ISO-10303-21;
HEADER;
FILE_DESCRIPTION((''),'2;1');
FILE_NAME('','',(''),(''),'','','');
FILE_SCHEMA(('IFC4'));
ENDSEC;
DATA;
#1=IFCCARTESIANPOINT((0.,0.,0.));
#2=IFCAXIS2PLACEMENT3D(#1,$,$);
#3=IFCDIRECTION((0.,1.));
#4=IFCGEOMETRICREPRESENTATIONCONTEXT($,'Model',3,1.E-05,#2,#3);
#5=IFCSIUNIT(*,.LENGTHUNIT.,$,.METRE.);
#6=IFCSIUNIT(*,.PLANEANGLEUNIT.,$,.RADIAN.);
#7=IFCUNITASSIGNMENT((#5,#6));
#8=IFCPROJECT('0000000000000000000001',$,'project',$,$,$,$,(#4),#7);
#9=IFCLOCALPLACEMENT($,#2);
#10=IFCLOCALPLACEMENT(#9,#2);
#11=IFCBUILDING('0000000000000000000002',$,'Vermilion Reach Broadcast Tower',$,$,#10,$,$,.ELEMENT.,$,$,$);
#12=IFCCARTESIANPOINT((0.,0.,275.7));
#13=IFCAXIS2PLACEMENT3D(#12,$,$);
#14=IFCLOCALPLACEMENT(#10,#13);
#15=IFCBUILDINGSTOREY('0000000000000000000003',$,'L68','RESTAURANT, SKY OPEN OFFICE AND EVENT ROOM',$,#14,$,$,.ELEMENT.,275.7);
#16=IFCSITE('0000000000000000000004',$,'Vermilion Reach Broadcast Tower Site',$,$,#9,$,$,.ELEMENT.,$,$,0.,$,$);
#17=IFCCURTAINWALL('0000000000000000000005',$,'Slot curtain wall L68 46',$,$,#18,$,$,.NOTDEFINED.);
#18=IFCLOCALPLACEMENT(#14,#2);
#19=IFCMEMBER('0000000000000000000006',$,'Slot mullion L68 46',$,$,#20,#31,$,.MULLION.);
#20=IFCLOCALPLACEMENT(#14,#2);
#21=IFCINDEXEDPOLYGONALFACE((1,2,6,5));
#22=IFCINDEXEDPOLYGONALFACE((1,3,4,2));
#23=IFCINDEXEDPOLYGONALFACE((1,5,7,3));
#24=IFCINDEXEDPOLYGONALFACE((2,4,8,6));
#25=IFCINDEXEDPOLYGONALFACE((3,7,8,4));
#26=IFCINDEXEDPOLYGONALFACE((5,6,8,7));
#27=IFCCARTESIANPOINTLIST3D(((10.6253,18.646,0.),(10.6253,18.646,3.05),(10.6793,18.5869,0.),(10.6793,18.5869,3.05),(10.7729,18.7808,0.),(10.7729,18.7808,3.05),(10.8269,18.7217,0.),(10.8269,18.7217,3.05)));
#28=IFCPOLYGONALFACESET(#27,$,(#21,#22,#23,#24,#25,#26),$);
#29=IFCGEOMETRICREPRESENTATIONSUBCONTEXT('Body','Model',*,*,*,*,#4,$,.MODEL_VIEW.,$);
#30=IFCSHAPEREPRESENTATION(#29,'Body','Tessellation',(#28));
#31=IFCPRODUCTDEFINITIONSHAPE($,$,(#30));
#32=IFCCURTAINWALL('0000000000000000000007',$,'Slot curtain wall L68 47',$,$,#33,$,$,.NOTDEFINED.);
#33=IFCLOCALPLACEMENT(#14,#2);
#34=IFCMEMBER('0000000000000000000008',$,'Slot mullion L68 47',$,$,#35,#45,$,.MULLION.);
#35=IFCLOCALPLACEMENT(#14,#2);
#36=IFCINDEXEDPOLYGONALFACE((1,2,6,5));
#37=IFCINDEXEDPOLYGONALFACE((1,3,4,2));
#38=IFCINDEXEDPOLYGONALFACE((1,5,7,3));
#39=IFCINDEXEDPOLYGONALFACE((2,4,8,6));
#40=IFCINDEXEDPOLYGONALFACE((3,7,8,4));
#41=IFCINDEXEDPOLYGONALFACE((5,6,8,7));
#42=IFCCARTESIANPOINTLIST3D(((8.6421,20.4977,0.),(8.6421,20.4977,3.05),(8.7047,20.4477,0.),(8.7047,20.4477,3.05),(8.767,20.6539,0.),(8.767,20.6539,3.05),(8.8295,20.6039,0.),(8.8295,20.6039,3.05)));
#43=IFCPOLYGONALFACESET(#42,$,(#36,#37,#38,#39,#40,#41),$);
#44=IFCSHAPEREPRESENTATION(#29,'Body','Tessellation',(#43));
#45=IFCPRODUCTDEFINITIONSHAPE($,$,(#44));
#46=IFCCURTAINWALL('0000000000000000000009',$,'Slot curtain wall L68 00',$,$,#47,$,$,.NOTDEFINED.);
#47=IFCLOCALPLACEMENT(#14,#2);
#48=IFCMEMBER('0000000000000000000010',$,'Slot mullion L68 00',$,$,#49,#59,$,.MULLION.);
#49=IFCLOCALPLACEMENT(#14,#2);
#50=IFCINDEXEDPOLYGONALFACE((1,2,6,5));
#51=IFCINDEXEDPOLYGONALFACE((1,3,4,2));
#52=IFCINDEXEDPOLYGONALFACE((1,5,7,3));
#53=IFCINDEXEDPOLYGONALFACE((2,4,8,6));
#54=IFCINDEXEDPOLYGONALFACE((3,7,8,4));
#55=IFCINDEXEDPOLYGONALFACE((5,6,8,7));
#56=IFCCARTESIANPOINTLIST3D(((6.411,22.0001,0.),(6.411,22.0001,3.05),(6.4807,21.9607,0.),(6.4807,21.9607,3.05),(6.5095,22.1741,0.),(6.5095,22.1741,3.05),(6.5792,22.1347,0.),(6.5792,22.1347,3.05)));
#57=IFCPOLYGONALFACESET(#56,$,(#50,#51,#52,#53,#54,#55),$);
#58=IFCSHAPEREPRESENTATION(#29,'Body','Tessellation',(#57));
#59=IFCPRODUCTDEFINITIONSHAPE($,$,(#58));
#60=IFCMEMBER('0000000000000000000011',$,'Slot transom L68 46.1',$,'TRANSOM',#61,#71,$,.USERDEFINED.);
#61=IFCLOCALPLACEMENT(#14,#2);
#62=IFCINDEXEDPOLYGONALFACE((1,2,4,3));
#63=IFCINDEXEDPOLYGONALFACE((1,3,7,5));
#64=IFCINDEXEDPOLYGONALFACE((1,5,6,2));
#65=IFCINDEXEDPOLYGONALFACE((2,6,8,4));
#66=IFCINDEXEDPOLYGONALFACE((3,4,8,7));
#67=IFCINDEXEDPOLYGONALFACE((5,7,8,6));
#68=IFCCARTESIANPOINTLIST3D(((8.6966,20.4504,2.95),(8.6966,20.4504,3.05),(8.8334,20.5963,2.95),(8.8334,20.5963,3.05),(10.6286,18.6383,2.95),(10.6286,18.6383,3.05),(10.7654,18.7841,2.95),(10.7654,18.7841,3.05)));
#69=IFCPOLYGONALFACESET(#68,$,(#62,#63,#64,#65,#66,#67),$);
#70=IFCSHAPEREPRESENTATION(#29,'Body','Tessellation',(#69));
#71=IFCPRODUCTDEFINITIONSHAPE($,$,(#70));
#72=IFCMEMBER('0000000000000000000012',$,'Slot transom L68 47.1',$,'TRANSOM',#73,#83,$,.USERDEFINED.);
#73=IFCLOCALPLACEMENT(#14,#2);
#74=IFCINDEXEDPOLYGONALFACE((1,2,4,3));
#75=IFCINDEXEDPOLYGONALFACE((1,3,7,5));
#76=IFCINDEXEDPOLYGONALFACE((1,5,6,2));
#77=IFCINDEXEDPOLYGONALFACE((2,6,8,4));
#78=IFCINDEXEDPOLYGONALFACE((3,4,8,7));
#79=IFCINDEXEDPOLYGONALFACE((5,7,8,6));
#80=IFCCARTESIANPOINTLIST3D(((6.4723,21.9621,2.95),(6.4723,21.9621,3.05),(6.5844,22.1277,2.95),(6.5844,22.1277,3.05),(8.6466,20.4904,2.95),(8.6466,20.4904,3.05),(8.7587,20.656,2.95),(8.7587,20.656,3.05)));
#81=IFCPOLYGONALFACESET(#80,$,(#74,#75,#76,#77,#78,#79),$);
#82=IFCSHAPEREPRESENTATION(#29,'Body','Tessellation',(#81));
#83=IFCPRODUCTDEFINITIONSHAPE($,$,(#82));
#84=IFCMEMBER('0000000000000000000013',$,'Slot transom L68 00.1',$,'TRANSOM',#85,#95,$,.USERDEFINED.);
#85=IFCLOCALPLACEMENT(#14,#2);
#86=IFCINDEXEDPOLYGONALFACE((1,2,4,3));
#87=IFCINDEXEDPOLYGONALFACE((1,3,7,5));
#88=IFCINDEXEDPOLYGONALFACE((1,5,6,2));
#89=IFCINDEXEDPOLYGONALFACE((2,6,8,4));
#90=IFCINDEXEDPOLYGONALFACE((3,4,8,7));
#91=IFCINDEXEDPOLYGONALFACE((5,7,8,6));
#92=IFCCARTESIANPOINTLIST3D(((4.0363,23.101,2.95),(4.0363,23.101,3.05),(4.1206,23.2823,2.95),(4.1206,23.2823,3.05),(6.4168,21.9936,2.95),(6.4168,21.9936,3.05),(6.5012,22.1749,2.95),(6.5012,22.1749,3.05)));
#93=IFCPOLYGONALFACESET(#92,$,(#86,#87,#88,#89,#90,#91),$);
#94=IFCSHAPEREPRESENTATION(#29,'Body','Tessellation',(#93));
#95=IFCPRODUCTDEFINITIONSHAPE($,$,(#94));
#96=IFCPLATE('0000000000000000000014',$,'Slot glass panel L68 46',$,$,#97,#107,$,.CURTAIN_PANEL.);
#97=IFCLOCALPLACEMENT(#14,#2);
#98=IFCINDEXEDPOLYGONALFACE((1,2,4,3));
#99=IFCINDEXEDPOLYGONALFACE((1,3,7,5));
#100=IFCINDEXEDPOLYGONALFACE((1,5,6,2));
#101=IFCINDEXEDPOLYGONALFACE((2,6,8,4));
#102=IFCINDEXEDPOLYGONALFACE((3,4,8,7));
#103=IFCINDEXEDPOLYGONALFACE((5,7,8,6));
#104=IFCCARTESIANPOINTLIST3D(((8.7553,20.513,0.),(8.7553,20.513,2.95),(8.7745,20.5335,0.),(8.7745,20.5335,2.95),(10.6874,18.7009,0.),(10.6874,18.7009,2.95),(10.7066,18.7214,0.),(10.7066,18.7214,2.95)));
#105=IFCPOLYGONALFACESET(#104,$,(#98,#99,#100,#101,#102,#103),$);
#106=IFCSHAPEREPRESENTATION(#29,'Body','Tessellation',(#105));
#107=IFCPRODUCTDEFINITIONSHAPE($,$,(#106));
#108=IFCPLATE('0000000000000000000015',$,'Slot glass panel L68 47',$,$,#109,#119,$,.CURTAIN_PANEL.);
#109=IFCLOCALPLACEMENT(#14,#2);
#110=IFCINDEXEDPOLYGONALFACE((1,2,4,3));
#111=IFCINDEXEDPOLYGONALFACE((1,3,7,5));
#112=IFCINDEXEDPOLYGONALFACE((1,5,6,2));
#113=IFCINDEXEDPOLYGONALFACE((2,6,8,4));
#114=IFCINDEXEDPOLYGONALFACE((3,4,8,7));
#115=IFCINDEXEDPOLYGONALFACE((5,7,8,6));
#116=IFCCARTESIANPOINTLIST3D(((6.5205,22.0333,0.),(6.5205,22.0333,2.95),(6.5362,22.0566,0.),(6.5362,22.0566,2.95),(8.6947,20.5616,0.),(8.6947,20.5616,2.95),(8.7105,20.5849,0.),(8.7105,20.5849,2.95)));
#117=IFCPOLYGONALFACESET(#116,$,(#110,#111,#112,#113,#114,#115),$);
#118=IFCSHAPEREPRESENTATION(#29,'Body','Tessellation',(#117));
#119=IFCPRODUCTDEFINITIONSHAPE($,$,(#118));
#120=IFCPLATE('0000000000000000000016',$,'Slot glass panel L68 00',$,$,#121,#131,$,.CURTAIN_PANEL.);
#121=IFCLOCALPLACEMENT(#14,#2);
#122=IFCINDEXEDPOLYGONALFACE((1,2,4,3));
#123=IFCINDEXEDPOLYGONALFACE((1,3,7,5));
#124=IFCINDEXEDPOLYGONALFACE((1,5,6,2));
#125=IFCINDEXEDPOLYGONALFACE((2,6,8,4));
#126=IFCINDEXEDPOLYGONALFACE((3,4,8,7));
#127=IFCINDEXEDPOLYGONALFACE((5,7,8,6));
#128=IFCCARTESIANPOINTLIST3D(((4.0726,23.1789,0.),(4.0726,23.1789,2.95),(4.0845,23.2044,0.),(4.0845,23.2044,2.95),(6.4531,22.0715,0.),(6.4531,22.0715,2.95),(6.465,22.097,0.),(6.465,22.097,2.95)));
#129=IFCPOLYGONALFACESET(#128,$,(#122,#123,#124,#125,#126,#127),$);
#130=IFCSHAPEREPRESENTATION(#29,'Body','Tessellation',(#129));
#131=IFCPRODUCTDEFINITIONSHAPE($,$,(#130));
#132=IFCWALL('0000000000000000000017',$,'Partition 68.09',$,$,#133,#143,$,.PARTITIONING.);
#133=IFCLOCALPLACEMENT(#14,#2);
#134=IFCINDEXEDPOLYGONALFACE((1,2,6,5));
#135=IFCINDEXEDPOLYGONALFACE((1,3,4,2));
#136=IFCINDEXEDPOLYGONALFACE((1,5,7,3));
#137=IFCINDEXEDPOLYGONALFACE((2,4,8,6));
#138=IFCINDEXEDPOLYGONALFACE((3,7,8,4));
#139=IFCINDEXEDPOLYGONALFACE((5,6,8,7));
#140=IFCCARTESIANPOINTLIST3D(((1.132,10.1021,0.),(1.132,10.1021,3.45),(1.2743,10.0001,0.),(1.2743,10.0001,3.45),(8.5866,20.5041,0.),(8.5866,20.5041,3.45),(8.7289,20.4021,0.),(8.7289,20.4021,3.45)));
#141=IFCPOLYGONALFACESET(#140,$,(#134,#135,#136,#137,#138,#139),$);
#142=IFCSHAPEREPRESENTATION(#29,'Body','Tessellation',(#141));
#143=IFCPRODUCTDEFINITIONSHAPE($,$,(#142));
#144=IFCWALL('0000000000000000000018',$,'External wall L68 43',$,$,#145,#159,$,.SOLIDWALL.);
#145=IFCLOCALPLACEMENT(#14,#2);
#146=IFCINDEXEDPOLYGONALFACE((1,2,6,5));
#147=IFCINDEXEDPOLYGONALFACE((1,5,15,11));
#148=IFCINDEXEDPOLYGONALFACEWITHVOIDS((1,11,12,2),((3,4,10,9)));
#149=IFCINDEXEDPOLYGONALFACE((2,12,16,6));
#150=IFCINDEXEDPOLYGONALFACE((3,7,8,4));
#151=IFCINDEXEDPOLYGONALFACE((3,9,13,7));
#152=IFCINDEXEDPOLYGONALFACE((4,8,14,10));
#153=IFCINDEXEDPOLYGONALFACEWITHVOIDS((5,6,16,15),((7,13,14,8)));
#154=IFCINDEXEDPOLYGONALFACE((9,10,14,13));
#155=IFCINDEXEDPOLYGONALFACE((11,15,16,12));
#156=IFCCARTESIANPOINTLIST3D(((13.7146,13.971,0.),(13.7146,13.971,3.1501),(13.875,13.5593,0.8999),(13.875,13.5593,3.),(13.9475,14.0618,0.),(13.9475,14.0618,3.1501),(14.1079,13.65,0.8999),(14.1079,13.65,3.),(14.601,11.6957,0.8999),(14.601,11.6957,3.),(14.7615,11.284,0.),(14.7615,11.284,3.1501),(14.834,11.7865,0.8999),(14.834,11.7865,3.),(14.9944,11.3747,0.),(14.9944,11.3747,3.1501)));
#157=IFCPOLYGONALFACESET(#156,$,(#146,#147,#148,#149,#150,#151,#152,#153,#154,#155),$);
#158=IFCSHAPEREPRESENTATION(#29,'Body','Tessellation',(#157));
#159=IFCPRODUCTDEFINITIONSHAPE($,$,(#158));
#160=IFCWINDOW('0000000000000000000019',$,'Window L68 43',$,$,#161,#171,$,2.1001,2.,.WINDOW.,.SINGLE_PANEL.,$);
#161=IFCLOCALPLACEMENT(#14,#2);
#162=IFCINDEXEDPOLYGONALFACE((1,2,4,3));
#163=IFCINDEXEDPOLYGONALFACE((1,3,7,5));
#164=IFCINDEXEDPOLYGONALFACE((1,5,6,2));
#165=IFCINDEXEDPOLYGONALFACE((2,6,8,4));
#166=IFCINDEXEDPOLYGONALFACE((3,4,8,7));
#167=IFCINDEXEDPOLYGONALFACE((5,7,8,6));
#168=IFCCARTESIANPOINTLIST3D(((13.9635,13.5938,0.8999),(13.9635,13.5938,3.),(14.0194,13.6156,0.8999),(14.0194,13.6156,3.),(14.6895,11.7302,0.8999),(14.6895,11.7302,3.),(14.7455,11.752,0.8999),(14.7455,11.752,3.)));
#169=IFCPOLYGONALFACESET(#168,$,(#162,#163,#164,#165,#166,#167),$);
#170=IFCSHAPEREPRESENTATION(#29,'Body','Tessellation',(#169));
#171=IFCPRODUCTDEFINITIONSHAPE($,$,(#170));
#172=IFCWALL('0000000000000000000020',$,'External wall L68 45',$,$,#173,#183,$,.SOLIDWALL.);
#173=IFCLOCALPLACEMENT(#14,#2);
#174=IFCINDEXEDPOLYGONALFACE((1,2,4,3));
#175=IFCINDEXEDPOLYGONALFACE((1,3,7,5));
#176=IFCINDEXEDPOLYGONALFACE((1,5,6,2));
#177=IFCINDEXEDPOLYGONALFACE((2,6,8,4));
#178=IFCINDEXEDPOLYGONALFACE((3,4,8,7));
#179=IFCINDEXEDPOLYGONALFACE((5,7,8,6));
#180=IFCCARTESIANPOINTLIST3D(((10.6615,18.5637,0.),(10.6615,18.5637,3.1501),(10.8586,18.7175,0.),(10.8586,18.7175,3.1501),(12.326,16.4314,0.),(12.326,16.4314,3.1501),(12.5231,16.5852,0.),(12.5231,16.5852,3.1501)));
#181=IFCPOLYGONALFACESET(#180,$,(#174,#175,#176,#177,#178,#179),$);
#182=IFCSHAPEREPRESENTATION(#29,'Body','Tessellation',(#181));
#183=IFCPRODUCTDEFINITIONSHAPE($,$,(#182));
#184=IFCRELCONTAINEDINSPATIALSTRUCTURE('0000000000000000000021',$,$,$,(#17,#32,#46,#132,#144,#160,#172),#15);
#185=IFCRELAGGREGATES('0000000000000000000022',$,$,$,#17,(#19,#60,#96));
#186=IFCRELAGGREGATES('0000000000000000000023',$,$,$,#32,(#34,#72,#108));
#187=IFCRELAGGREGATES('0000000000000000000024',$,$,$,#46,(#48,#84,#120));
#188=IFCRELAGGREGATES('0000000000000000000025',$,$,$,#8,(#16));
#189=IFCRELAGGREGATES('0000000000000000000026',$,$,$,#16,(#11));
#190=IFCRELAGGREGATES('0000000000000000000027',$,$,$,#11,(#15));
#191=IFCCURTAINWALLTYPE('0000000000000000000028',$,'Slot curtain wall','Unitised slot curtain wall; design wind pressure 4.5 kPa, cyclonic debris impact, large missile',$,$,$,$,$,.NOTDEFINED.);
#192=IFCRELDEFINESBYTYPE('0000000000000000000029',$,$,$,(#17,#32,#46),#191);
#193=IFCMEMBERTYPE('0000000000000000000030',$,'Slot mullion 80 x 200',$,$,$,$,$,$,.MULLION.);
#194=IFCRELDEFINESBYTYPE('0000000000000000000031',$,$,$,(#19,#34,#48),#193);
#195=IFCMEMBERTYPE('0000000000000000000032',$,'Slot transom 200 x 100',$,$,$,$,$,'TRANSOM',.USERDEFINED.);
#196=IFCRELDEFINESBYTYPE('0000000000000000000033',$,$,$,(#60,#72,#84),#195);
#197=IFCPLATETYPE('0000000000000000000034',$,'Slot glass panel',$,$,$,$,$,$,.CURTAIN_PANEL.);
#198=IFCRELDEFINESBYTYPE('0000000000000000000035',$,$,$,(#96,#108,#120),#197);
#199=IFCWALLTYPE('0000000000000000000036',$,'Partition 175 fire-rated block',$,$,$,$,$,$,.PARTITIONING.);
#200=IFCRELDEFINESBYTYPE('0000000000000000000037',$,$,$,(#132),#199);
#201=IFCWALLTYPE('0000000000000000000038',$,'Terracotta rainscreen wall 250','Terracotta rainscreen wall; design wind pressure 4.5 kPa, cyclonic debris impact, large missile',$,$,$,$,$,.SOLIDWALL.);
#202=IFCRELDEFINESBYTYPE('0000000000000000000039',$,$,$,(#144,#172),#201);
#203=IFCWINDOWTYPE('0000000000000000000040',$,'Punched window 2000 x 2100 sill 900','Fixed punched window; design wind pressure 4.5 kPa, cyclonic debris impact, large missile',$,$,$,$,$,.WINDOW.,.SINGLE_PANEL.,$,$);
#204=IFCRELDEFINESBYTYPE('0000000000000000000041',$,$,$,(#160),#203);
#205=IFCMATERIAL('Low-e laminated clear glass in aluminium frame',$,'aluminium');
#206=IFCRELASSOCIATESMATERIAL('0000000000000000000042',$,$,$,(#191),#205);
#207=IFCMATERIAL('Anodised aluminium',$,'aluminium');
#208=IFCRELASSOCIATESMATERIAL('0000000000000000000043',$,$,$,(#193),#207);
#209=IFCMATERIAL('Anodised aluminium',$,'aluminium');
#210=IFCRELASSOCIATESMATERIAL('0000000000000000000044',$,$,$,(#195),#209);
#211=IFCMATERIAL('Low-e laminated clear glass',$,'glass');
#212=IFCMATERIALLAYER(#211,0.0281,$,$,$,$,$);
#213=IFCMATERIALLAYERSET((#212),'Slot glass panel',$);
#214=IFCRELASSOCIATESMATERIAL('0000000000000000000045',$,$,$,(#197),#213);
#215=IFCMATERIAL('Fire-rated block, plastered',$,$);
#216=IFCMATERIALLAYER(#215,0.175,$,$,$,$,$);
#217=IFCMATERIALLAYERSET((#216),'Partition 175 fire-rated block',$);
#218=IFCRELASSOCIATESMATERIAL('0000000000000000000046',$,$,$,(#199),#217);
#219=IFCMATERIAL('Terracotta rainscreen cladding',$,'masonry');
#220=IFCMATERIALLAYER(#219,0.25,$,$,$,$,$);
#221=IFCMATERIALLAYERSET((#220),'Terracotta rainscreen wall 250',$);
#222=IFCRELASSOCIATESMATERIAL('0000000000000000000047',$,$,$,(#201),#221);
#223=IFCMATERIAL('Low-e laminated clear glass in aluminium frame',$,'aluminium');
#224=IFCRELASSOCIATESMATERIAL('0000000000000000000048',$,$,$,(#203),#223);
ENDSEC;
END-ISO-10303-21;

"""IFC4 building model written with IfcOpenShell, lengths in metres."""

from ifc_helpers import new_model, si_unit, direction, frame, frame_2d, origin, origin_2d, place, context, subcontext, project, spatial, rectangle, extrude, material, layer, layer_set, material_profile, profile_set, type_object, element, fill, aggregate, save


model = new_model("IFC4")

# Units and contexts
model_context = context("Model", 3, precision=1e-05, world=origin(), true_north=direction((0.0, 1.0)))
body_context = subcontext(model_context, "Body", "Model", "MODEL_VIEW")
ifc_project = project(units=[si_unit("LENGTHUNIT", "METRE"), si_unit("PLANEANGLEUNIT", "RADIAN")], contexts=[model_context])

# Site, building, storey
site_placement = place(None, origin())
site = spatial("IfcSite", under=ifc_project, at=site_placement, Name="Vermilion Reach Broadcast Tower Site", CompositionType="ELEMENT", RefElevation=0.0)
building_placement = place(site_placement, origin())
building = spatial("IfcBuilding", under=site, at=building_placement, Name="Vermilion Reach Broadcast Tower", CompositionType="ELEMENT")
storey_placement = place(building_placement, frame((0.0, 0.0, 275.7)))
storey = spatial("IfcBuildingStorey", under=building, at=storey_placement, Name="L68", Description="RESTAURANT, SKY OPEN OFFICE AND EVENT ROOM", CompositionType="ELEMENT", Elevation=275.7)

# Curtain walls, members
ifc_material_1 = material(Name="Low-e laminated clear glass in aluminium frame", Category="aluminium")
curtain_wall_type = type_object("IfcCurtainWallType", Name="Slot curtain wall", Description="Unitised slot curtain wall; design wind pressure 4.5 kPa, cyclonic debris impact, large missile", PredefinedType="NOTDEFINED", material=ifc_material_1)
placement = place(storey_placement, origin())
curtain_wall_1 = element("IfcCurtainWall", 1, at=placement, inside=storey, type_object=curtain_wall_type, Name="Slot curtain wall L68 46", PredefinedType="NOTDEFINED")
ifc_material_2 = material(Name="Anodised aluminium", Category="aluminium")
ifc_material_profile_1 = material_profile(ifc_material_2, rectangle(XDim=0.2, YDim=0.0801, at=origin_2d()), Name="Slot mullion 80 x 200")
ifc_profile_set_1 = profile_set([ifc_material_profile_1], Name="Anodised aluminium")
member_type_1 = type_object("IfcMemberType", Name="Slot mullion 80 x 200", PredefinedType="MULLION", material=ifc_profile_set_1)
member_1_placement = place(storey_placement, frame((10.7261, 18.6838, 0.0), z_axis=(0.0, 0.0, 1.0), x_axis=(-0.738379, -0.674386, 0.0)))
member_1 = element("IfcMember", 2, at=member_1_placement, type_object=member_type_1, Name="Slot mullion L68 46", PredefinedType="MULLION", context=body_context, shape_type="SweptSolid", body=[
    extrude(rectangle(XDim=0.2, YDim=0.0801, at=origin_2d()), origin(), (0.0, 0.0, 1.0), 3.05),
])
curtain_wall_2 = element("IfcCurtainWall", 3, at=placement, inside=storey, type_object=curtain_wall_type, Name="Slot curtain wall L68 47", PredefinedType="NOTDEFINED")
member_2_placement = place(storey_placement, frame((8.7358, 20.5508, 0.0), z_axis=(0.0, 0.0, 1.0), x_axis=(-0.624274, -0.781206, 0.0)))
member_2 = element("IfcMember", 4, at=member_2_placement, type_object=member_type_1, Name="Slot mullion L68 47", PredefinedType="MULLION", context=body_context, shape_type="SweptSolid", body=[
    extrude(rectangle(XDim=0.2, YDim=0.0801, at=origin_2d()), origin(), (0.0, 0.0, 1.0), 3.05),
])
curtain_wall_3 = element("IfcCurtainWall", 5, at=placement, inside=storey, type_object=curtain_wall_type, Name="Slot curtain wall L68 00", PredefinedType="NOTDEFINED")
member_3_placement = place(storey_placement, frame((6.4951, 22.0674, 0.0), z_axis=(0.0, 0.0, 1.0), x_axis=(-0.492727, -0.870184, 0.0)))
member_3 = element("IfcMember", 6, at=member_3_placement, type_object=member_type_1, Name="Slot mullion L68 00", PredefinedType="MULLION", context=body_context, shape_type="SweptSolid", body=[
    extrude(rectangle(XDim=0.2, YDim=0.0801, at=origin_2d()), origin(), (0.0, 0.0, 1.0), 3.05),
])

# Members
ifc_material_3 = material(Name="Anodised aluminium", Category="aluminium")
ifc_material_profile_2 = material_profile(ifc_material_3, rectangle(XDim=0.2, YDim=0.1001, at=origin_2d()), Name="Slot transom 200 x 100")
ifc_profile_set_2 = profile_set([ifc_material_profile_2], Name="Anodised aluminium")
member_type_2 = type_object("IfcMemberType", Name="Slot transom 200 x 100", ElementType="TRANSOM", PredefinedType="USERDEFINED", material=ifc_profile_set_2)
member_4_placement = place(storey_placement, frame((10.697, 18.7112, 3.0), z_axis=(-0.72937, 0.684119, 0.0), x_axis=(-0.684119, -0.72937, 0.0)))
member_4 = element("IfcMember", 7, at=member_4_placement, type_object=member_type_2, Name="Slot transom L68 46.1", ObjectType="TRANSOM", PredefinedType="USERDEFINED", context=body_context, shape_type="SweptSolid", body=[
    extrude(rectangle(XDim=0.2, YDim=0.1001, at=origin_2d()), origin(), (0.0, 0.0, 1.0), 2.6489),
])
member_5_placement = place(storey_placement, frame((8.7026, 20.5732, 3.0), z_axis=(-0.828139, 0.560523, 0.0), x_axis=(-0.560523, -0.828139, 0.0)))
member_5 = element("IfcMember", 8, at=member_5_placement, type_object=member_type_2, Name="Slot transom L68 47.1", ObjectType="TRANSOM", PredefinedType="USERDEFINED", context=body_context, shape_type="SweptSolid", body=[
    extrude(rectangle(XDim=0.2, YDim=0.1001, at=origin_2d()), origin(), (0.0, 0.0, 1.0), 2.6255),
])
member_6_placement = place(storey_placement, frame((6.459, 22.0842, 3.0), z_axis=(-0.906698, 0.421781, 0.0), x_axis=(-0.421781, -0.906698, 0.0)))
member_6 = element("IfcMember", 9, at=member_6_placement, type_object=member_type_2, Name="Slot transom L68 00.1", ObjectType="TRANSOM", PredefinedType="USERDEFINED", context=body_context, shape_type="SweptSolid", body=[
    extrude(rectangle(XDim=0.2, YDim=0.1001, at=origin_2d()), origin(), (0.0, 0.0, 1.0), 2.6255),
])

# Plates
ifc_material_4 = material(Name="Low-e laminated clear glass", Category="glass")
ifc_layer_1 = layer(ifc_material_4, 0.0281)
ifc_layer_set_1 = layer_set([ifc_layer_1], Name="Slot glass panel")
plate_type = type_object("IfcPlateType", Name="Slot glass panel", PredefinedType="CURTAIN_PANEL", material=ifc_layer_set_1)
plate_1_placement = place(storey_placement, frame((9.731, 19.6172, 0.0), z_axis=(0.0, 0.0, 1.0), x_axis=(-0.729392, 0.684096, 0.0)))
plate_1 = element("IfcPlate", 10, at=plate_1_placement, type_object=plate_type, Name="Slot glass panel L68 46", PredefinedType="CURTAIN_PANEL", context=body_context, shape_type="SweptSolid", body=[
    extrude(rectangle(XDim=2.6489, YDim=0.0281, at=origin_2d()), origin(), (0.0, 0.0, 1.0), 2.95),
])
aggregate(curtain_wall_1, [member_1, member_4, plate_1])
plate_2_placement = place(storey_placement, frame((7.6155, 21.3091, 0.0), z_axis=(0.0, 0.0, 1.0), x_axis=(-0.828126, 0.560541, 0.0)))
plate_2 = element("IfcPlate", 11, at=plate_2_placement, type_object=plate_type, Name="Slot glass panel L68 47", PredefinedType="CURTAIN_PANEL", context=body_context, shape_type="SweptSolid", body=[
    extrude(rectangle(XDim=2.6255, YDim=0.0281, at=origin_2d()), origin(), (0.0, 0.0, 1.0), 2.95),
])
aggregate(curtain_wall_2, [member_2, member_5, plate_2])
plate_3_placement = place(storey_placement, frame((5.2688, 22.6379, 0.0), z_axis=(0.0, 0.0, 1.0), x_axis=(-0.9067, 0.421776, 0.0)))
plate_3 = element("IfcPlate", 12, at=plate_3_placement, type_object=plate_type, Name="Slot glass panel L68 00", PredefinedType="CURTAIN_PANEL", context=body_context, shape_type="SweptSolid", body=[
    extrude(rectangle(XDim=2.6255, YDim=0.0281, at=origin_2d()), origin(), (0.0, 0.0, 1.0), 2.95),
])
aggregate(curtain_wall_3, [member_3, member_6, plate_3])

# Wall
ifc_material_5 = material(Name="Fire-rated block, plastered")
ifc_layer_2 = layer(ifc_material_5, 0.175)
ifc_layer_set_2 = layer_set([ifc_layer_2], Name="Partition 175 fire-rated block")
wall_type_1 = type_object("IfcWallType", Name="Partition 175 fire-rated block", PredefinedType="PARTITIONING", material=ifc_layer_set_2)
wall_1_placement = place(storey_placement, frame((8.6577, 20.4531, 0.0), z_axis=(0.0, 0.0, 1.0), x_axis=(-0.582506, -0.812826, 0.0)))
element("IfcWall", 13, at=wall_1_placement, inside=storey, type_object=wall_type_1, Name="Partition 68.09", PredefinedType="PARTITIONING", context=body_context, shape_type="SweptSolid", body=[
    extrude(rectangle(XDim=12.7974, YDim=0.175, at=frame_2d((6.3987, 0.0))), origin(), (0.0, 0.0, 1.0), 3.45),
])

# Wall, opening, window
ifc_material_6 = material(Name="Terracotta rainscreen cladding", Category="masonry")
ifc_layer_3 = layer(ifc_material_6, 0.25)
ifc_layer_set_3 = layer_set([ifc_layer_3], Name="Terracotta rainscreen wall 250")
wall_type_2 = type_object("IfcWallType", Name="Terracotta rainscreen wall 250", Description="Terracotta rainscreen wall; design wind pressure 4.5 kPa, cyclonic debris impact, large missile", PredefinedType="SOLIDWALL", material=ifc_layer_set_3)
wall_2_placement = place(storey_placement, frame((14.8779, 11.3293, 0.0), z_axis=(0.0, 0.0, 1.0), x_axis=(-0.363026, 0.931779, 0.0)))
wall_2 = element("IfcWall", 14, at=wall_2_placement, inside=storey, type_object=wall_type_2, Name="External wall L68 43", PredefinedType="SOLIDWALL", context=body_context, shape_type="SweptSolid", body=[
    extrude(rectangle(XDim=2.8838, YDim=0.25, at=frame_2d((1.4419, 0.0))), origin(), (0.0, 0.0, 1.0), 3.1501),
])
opening_1_placement = place(wall_2_placement, frame((0.4419, 0.0, 0.8999)))
opening_1 = element("IfcOpeningElement", 15, at=opening_1_placement, cuts=wall_2, PredefinedType="OPENING", context=body_context, shape_type="SweptSolid", body=[
    extrude(rectangle(XDim=2.0, YDim=2.1001, at=frame_2d((1.0, 1.05))), frame((0.0, 0.135, 0.0), z_axis=(0.0, -1.0, 0.0), x_axis=(1.0, 0.0, 0.0)), (0.0, 0.0, 1.0), 0.27),
])
ifc_material_7 = material(Name="Low-e laminated clear glass in aluminium frame", Category="aluminium")
window_type = type_object("IfcWindowType", Name="Punched window 2000 x 2100 sill 900", Description="Fixed punched window; design wind pressure 4.5 kPa, cyclonic debris impact, large missile", PartitioningType="SINGLE_PANEL", PredefinedType="WINDOW", material=ifc_material_7)
window_placement = place(opening_1_placement, origin())
window = element("IfcWindow", 16, at=window_placement, inside=storey, type_object=window_type, Name="Window L68 43", OverallHeight=2.1001, OverallWidth=2.0, PartitioningType="SINGLE_PANEL", PredefinedType="WINDOW", context=body_context, shape_type="SweptSolid", body=[
    extrude(rectangle(XDim=2.0, YDim=2.1001, at=frame_2d((1.0, 1.05))), frame((0.0, 0.03, 0.0), z_axis=(0.0, -1.0, 0.0), x_axis=(1.0, 0.0, 0.0)), (0.0, 0.0, 1.0), 0.0601),
])
fill(opening_1, window)

# Wall
wall_3_placement = place(storey_placement, frame((12.4246, 16.5083, 0.0), z_axis=(0.0, 0.0, 1.0), x_axis=(-0.615339, 0.788262, 0.0)))
element("IfcWall", 17, at=wall_3_placement, inside=storey, type_object=wall_type_2, Name="External wall L68 45", PredefinedType="SOLIDWALL", context=body_context, shape_type="SweptSolid", body=[
    extrude(rectangle(XDim=2.7051, YDim=0.25, at=frame_2d((1.3525, 0.0))), origin(), (0.0, 0.0, 1.0), 3.1501),
])

save(model, "model.ifc")
